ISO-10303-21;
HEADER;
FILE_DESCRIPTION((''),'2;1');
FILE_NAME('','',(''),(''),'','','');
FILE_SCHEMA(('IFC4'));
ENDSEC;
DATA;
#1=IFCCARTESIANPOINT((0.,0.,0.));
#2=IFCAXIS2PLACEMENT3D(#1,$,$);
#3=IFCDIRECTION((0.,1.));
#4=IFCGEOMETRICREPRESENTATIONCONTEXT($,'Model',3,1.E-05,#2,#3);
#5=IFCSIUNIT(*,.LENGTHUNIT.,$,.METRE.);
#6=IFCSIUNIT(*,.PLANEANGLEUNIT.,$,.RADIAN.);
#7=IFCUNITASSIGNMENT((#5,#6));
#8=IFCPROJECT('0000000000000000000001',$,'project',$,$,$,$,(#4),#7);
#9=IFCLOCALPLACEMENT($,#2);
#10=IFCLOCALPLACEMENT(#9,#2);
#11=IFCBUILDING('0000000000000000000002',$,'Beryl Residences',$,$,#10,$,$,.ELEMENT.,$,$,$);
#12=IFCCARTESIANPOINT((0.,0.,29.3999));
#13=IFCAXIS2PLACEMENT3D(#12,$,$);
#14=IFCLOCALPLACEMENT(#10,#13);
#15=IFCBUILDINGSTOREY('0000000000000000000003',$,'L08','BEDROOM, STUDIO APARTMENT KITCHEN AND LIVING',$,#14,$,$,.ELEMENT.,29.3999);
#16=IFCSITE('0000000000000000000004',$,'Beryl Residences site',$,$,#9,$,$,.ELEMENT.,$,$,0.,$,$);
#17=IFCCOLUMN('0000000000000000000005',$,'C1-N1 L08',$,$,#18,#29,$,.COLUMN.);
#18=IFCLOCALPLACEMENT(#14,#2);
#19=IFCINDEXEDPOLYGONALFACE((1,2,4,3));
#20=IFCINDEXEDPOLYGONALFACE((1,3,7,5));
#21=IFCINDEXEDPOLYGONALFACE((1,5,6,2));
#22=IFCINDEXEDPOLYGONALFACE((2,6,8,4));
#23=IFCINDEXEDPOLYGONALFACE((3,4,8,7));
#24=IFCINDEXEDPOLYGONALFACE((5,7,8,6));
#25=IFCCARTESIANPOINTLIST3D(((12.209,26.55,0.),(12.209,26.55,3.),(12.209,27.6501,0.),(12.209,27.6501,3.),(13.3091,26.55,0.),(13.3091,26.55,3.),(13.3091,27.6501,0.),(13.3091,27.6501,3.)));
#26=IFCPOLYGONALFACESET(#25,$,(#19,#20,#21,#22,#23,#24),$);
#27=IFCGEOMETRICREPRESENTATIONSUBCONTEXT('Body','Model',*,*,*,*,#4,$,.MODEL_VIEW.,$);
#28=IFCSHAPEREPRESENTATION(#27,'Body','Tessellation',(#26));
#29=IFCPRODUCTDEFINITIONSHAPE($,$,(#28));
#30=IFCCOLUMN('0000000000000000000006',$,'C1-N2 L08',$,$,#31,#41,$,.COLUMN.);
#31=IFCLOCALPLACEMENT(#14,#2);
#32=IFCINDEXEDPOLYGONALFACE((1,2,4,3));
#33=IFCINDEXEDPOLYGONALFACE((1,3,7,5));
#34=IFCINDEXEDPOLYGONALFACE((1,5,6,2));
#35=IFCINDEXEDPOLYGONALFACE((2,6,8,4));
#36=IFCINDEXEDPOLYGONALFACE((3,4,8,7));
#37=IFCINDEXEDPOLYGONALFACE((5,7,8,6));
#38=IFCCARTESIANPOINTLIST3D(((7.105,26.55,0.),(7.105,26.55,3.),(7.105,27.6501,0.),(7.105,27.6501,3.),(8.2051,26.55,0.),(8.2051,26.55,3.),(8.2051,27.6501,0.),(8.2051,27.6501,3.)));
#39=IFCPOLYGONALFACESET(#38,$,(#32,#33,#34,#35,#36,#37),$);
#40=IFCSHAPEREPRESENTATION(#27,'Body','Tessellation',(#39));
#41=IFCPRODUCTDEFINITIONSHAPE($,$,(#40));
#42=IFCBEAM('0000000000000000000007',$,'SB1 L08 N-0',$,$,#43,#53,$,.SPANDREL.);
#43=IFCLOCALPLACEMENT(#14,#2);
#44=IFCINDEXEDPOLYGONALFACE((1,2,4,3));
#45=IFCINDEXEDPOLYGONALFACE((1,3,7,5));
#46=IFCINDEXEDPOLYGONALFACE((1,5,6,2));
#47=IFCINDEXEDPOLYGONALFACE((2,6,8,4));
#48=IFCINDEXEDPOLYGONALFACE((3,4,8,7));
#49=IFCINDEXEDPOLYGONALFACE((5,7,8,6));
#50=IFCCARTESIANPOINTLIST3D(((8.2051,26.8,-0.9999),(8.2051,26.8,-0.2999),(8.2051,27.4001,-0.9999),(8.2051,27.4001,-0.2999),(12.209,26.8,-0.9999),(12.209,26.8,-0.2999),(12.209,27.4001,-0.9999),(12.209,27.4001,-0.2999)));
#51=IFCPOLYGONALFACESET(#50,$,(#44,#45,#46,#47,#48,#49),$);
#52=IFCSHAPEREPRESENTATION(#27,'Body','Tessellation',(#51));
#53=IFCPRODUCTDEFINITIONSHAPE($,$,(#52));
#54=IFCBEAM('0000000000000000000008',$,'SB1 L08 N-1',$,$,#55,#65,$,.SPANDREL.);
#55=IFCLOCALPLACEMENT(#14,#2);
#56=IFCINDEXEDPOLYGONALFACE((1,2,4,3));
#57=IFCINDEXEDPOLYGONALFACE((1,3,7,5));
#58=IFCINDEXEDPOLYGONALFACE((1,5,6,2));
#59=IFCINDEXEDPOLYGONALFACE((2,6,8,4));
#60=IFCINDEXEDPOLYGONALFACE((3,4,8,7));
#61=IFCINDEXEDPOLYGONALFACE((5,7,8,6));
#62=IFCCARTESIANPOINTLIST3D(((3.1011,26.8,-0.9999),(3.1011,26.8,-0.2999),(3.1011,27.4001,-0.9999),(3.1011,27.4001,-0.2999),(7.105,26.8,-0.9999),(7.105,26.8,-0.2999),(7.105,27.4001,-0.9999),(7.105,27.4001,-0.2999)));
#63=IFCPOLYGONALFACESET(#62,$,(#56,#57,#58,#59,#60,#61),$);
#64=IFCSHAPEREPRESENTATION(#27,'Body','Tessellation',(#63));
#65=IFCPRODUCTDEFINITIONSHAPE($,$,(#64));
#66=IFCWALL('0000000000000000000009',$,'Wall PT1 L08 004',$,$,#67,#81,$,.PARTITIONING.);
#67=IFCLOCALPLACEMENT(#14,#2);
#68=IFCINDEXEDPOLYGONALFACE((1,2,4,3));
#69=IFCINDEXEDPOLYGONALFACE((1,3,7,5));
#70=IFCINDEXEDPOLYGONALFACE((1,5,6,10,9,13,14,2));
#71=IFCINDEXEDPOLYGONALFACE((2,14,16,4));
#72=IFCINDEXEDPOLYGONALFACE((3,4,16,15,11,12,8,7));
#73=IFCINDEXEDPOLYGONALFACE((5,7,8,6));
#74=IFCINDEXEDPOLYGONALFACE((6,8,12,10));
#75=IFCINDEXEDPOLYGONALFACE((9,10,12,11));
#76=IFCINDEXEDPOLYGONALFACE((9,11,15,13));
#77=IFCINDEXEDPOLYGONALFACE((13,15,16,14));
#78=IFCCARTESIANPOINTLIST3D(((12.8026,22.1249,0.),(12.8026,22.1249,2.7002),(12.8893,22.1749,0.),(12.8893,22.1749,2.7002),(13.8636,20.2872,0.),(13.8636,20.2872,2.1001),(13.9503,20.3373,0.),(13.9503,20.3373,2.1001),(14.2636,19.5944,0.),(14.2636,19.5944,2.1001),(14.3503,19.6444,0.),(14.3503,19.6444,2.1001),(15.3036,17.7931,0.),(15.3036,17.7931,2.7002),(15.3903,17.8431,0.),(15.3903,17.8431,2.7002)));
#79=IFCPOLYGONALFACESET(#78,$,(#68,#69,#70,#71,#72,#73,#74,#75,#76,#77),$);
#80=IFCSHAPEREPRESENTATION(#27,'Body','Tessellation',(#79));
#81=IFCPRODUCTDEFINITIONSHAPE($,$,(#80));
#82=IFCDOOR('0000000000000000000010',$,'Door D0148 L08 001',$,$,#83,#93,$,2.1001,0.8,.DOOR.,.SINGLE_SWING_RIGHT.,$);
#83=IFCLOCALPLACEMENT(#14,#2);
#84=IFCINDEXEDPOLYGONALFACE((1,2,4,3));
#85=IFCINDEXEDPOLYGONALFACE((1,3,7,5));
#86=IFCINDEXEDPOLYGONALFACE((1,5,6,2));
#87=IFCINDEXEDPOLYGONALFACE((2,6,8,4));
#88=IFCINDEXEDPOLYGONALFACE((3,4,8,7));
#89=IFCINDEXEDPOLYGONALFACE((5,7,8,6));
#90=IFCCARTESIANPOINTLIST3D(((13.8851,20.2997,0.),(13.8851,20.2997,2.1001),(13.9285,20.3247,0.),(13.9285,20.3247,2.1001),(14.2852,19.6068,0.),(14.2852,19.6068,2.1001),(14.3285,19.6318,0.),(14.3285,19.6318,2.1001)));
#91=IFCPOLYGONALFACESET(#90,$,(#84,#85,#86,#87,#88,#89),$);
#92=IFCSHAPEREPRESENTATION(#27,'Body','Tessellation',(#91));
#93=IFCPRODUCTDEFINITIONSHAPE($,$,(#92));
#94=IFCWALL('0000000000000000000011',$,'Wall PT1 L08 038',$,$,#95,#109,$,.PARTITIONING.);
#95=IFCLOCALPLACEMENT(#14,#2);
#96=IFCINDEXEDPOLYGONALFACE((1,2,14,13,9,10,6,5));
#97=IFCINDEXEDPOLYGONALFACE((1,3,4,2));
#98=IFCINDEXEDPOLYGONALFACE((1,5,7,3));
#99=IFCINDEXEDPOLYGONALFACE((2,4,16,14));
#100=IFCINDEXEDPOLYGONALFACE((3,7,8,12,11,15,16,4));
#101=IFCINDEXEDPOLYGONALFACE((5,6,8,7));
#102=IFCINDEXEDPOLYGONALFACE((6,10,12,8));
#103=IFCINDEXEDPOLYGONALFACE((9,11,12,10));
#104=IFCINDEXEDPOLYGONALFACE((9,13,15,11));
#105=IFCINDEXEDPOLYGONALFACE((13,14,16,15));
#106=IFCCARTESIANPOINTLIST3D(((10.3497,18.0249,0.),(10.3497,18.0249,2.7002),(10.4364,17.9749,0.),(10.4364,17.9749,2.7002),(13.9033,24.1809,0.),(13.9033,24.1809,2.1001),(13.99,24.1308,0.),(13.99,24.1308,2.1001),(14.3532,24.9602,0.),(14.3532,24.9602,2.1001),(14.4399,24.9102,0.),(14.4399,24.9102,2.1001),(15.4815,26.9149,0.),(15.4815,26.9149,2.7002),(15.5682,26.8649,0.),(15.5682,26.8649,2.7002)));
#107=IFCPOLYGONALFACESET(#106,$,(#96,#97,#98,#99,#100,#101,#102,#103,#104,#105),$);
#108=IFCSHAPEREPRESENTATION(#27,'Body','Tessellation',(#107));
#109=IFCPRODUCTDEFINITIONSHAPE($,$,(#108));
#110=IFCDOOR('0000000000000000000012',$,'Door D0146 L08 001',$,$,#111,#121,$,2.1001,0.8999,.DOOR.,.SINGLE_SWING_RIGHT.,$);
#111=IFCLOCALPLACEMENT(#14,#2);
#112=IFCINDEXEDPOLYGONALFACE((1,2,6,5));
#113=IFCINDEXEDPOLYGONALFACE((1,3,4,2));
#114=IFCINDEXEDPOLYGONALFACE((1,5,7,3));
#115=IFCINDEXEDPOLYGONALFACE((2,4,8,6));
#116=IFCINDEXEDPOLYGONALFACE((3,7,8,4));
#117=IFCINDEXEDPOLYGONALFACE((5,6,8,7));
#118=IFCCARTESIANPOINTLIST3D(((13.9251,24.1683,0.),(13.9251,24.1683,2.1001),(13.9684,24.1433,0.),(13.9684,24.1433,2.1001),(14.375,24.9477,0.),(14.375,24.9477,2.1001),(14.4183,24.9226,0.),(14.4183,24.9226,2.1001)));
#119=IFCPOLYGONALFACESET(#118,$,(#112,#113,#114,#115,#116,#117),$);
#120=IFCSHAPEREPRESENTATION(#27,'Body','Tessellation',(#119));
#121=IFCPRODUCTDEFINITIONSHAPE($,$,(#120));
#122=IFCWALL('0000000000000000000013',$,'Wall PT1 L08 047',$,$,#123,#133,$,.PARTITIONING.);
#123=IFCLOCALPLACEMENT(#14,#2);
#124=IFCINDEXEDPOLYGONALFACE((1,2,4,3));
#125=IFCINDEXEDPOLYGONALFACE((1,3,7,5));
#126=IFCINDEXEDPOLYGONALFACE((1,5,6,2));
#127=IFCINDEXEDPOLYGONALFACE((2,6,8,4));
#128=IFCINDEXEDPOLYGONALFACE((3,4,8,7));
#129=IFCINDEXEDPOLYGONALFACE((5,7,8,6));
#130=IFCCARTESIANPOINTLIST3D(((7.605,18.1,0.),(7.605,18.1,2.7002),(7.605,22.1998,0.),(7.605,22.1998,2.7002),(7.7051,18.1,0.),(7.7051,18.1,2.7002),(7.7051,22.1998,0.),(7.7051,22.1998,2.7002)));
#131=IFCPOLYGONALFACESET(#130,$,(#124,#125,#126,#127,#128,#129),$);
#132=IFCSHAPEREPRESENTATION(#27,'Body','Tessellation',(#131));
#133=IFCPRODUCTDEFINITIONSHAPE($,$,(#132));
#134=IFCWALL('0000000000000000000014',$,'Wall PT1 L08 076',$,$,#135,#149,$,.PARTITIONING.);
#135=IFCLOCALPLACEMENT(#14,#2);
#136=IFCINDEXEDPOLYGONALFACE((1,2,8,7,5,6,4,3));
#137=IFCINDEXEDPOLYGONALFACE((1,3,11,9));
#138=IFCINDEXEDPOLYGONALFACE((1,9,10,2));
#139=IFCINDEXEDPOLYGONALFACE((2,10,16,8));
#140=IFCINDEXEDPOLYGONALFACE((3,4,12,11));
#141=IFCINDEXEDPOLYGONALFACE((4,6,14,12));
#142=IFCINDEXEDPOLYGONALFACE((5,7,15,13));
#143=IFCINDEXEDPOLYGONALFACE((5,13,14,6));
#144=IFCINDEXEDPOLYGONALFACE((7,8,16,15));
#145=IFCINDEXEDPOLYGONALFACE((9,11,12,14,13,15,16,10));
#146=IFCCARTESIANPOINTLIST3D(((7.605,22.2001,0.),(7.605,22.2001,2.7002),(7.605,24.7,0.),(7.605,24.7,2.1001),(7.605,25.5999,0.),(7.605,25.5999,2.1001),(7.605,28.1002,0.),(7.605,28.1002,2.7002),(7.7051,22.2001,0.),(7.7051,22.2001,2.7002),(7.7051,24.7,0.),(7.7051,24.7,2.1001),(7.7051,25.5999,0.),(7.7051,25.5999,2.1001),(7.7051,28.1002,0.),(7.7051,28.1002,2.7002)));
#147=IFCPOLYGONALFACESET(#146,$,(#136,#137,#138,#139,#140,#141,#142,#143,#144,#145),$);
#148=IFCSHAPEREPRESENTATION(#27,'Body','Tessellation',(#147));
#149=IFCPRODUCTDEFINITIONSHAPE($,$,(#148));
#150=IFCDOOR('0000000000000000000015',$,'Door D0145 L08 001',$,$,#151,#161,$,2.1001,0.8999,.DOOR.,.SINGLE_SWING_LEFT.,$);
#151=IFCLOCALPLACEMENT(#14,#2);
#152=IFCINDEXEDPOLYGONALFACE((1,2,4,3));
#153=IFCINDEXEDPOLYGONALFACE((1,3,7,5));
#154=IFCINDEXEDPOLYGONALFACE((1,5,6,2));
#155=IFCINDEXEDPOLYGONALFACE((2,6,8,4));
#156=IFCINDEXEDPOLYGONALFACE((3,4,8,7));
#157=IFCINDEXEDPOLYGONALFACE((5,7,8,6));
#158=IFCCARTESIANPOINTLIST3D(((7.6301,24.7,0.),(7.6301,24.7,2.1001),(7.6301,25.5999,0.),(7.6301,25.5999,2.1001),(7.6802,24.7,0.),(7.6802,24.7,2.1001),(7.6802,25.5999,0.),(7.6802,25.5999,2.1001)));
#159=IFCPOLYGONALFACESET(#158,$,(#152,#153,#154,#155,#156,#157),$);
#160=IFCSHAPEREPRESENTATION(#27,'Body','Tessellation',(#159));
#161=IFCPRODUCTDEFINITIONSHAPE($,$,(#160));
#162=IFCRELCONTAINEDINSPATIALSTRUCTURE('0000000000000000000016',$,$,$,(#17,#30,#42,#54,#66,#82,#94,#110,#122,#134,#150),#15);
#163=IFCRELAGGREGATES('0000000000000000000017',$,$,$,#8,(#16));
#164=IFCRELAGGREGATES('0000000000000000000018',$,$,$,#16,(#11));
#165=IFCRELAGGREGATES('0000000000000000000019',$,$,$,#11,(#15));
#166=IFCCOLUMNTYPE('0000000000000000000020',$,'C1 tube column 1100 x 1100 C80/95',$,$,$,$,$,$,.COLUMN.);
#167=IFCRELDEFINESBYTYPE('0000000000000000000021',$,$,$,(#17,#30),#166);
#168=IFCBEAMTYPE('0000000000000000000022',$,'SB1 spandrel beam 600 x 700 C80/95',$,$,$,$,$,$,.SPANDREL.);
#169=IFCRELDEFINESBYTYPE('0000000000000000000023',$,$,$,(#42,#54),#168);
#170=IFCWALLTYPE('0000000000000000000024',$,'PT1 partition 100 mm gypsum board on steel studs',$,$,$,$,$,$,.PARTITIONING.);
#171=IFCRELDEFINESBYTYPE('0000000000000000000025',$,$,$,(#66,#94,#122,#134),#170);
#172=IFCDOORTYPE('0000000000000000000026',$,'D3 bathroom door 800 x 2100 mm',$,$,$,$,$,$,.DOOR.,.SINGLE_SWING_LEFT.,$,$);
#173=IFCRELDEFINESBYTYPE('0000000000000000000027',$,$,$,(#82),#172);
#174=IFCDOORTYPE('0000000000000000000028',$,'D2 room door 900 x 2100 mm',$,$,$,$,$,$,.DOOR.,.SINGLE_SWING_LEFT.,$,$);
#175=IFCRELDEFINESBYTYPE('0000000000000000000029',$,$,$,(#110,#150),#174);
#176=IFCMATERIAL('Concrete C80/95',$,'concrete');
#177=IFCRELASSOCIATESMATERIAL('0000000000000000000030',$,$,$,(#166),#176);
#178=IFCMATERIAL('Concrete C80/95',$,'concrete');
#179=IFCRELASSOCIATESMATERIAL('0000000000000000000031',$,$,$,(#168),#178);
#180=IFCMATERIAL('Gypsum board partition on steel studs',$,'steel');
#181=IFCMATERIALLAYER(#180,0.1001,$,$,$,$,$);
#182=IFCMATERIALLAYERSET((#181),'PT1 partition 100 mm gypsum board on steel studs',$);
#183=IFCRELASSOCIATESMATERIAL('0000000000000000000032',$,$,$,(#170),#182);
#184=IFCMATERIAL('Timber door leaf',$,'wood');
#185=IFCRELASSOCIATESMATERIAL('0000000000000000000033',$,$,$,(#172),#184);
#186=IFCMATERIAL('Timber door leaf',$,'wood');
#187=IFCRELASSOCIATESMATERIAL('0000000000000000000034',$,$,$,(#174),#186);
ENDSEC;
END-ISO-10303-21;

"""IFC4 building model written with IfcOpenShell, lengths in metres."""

from ifc_helpers import new_model, si_unit, direction, frame, frame_2d, origin, origin_2d, place, context, subcontext, project, spatial, rectangle, extrude, material, layer, layer_set, material_profile, profile_set, type_object, element, fill, save


model = new_model("IFC4")

# Units and contexts
model_context = context("Model", 3, precision=1e-05, world=origin(), true_north=direction((0.0, 1.0)))
body_context = subcontext(model_context, "Body", "Model", "MODEL_VIEW")
ifc_project = project(units=[si_unit("LENGTHUNIT", "METRE"), si_unit("PLANEANGLEUNIT", "RADIAN")], contexts=[model_context])

# Site, building, storey
site_placement = place(None, origin())
site = spatial("IfcSite", under=ifc_project, at=site_placement, Name="Beryl Residences site", CompositionType="ELEMENT", RefElevation=0.0)
building_placement = place(site_placement, origin())
building = spatial("IfcBuilding", under=site, at=building_placement, Name="Beryl Residences", CompositionType="ELEMENT")
storey_placement = place(building_placement, frame((0.0, 0.0, 29.3999)))
storey = spatial("IfcBuildingStorey", under=building, at=storey_placement, Name="L08", Description="BEDROOM, STUDIO APARTMENT KITCHEN AND LIVING", CompositionType="ELEMENT", Elevation=29.3999)

# Columns
ifc_material_1 = material(Name="Concrete C80/95", Category="concrete")
ifc_material_profile_1 = material_profile(ifc_material_1, rectangle(XDim=1.1001, YDim=1.1001, at=origin_2d()))
ifc_profile_set_1 = profile_set([ifc_material_profile_1], Name="Concrete C80/95")
column_type = type_object("IfcColumnType", Name="C1 tube column 1100 x 1100 C80/95", PredefinedType="COLUMN", material=ifc_profile_set_1)
for number, where, z_axis, x_axis, name in (
    (1, (12.759, 27.1001, 0.0), (0.0, 0.0, 1.0), (-1.0, 0.0, 0.0), "C1-N1 L08"),
    (2, (7.655, 27.1001, 0.0), (0.0, 0.0, 1.0), (-1.0, 0.0, 0.0), "C1-N2 L08"),
):
    element("IfcColumn", number, at=place(storey_placement, frame(where, z_axis=z_axis, x_axis=x_axis)), inside=storey, type_object=column_type, Name=name, PredefinedType="COLUMN", context=body_context, shape_type="SweptSolid", body=[
        extrude(rectangle(XDim=1.1001, YDim=1.1001, at=origin_2d()), origin(), (0.0, 0.0, 1.0), 3.0),
    ])

# Beams
ifc_material_2 = material(Name="Concrete C80/95", Category="concrete")
ifc_material_profile_2 = material_profile(ifc_material_2, rectangle(XDim=0.6001, YDim=0.7, at=origin_2d()))
ifc_profile_set_2 = profile_set([ifc_material_profile_2], Name="Concrete C80/95")
beam_type = type_object("IfcBeamType", Name="SB1 spandrel beam 600 x 700 C80/95", PredefinedType="SPANDREL", material=ifc_profile_set_2)
for number, where, z_axis, x_axis, name in (
    (3, (12.209, 27.1001, -0.6499), (-1.0, 0.0, 0.0), (0.0, -1.0, 0.0), "SB1 L08 N-0"),
    (4, (7.105, 27.1001, -0.6499), (-1.0, 0.0, 0.0), (0.0, -1.0, 0.0), "SB1 L08 N-1"),
):
    element("IfcBeam", number, at=place(storey_placement, frame(where, z_axis=z_axis, x_axis=x_axis)), inside=storey, type_object=beam_type, Name=name, PredefinedType="SPANDREL", context=body_context, shape_type="SweptSolid", body=[
        extrude(rectangle(XDim=0.6001, YDim=0.7, at=origin_2d()), origin(), (0.0, 0.0, 1.0), 4.0039),
    ])

# Walls, openings, doors
ifc_material_3 = material(Name="Gypsum board partition on steel studs", Category="steel")
ifc_layer_1 = layer(ifc_material_3, 0.1001)
ifc_layer_set_1 = layer_set([ifc_layer_1], Name="PT1 partition 100 mm gypsum board on steel studs")
wall_type_1 = type_object("IfcWallType", Name="PT1 partition 100 mm gypsum board on steel studs", PredefinedType="PARTITIONING", material=ifc_layer_set_1)
wall_1_placement = place(storey_placement, frame((12.8459, 22.1499, 0.0), z_axis=(0.0, 0.0, 1.0), x_axis=(0.500003, -0.866024, 0.0)))
wall_1 = element("IfcWall", 5, at=wall_1_placement, inside=storey, type_object=wall_type_1, Name="Wall PT1 L08 004", PredefinedType="PARTITIONING", context=body_context, shape_type="SweptSolid", body=[
    extrude(rectangle(XDim=5.002, YDim=0.1001, at=frame_2d((2.501, 0.0))), origin(), (0.0, 0.0, 1.0), 2.7002),
])
opening_1_placement = place(wall_1_placement, frame((2.1221, 0.0, 0.0)))
opening_1 = element("IfcOpeningElement", 6, at=opening_1_placement, cuts=wall_1, PredefinedType="OPENING", context=body_context, shape_type="SweptSolid", body=[
    extrude(rectangle(XDim=0.8, YDim=2.1001, at=frame_2d((0.3999, 1.05))), frame((0.0, 0.0601, 0.0), z_axis=(0.0, -1.0, 0.0), x_axis=(1.0, 0.0, 0.0)), (0.0, 0.0, 1.0), 0.1201),
])
ifc_material_4 = material(Name="Timber door leaf", Category="wood")
door_type_1 = type_object("IfcDoorType", Name="D3 bathroom door 800 x 2100 mm", OperationType="SINGLE_SWING_LEFT", PredefinedType="DOOR", material=ifc_material_4)
door_1_placement = place(opening_1_placement, origin())
door_1 = element("IfcDoor", 7, at=door_1_placement, inside=storey, type_object=door_type_1, Name="Door D0148 L08 001", OperationType="SINGLE_SWING_RIGHT", OverallHeight=2.1001, OverallWidth=0.8, PredefinedType="DOOR", context=body_context, shape_type="SweptSolid", body=[
    extrude(rectangle(XDim=0.8, YDim=2.1001, at=frame_2d((0.3999, 1.05))), frame((0.0, 0.0249, 0.0), z_axis=(0.0, -1.0, 0.0), x_axis=(1.0, 0.0, 0.0)), (0.0, 0.0, 1.0), 0.05),
])
fill(opening_1, door_1)
wall_2_placement = place(storey_placement, frame((10.3931, 18.0, 0.0), z_axis=(0.0, 0.0, 1.0), x_axis=(0.499945, 0.866057, 0.0)))
wall_2 = element("IfcWall", 8, at=wall_2_placement, inside=storey, type_object=wall_type_1, Name="Wall PT1 L08 038", PredefinedType="PARTITIONING", context=body_context, shape_type="SweptSolid", body=[
    extrude(rectangle(XDim=10.2649, YDim=0.1001, at=frame_2d((5.1323, 0.0))), origin(), (0.0, 0.0, 1.0), 2.7002),
])
opening_2_placement = place(wall_2_placement, frame((7.1079, 0.0, 0.0)))
opening_2 = element("IfcOpeningElement", 9, at=opening_2_placement, cuts=wall_2, PredefinedType="OPENING", context=body_context, shape_type="SweptSolid", body=[
    extrude(rectangle(XDim=0.8999, YDim=2.1001, at=frame_2d((0.45, 1.05))), frame((0.0, 0.0601, 0.0), z_axis=(0.0, -1.0, 0.0), x_axis=(1.0, 0.0, 0.0)), (0.0, 0.0, 1.0), 0.1201),
])
ifc_material_5 = material(Name="Timber door leaf", Category="wood")
door_type_2 = type_object("IfcDoorType", Name="D2 room door 900 x 2100 mm", OperationType="SINGLE_SWING_LEFT", PredefinedType="DOOR", material=ifc_material_5)
door_2_placement = place(opening_2_placement, origin())
door_2 = element("IfcDoor", 10, at=door_2_placement, inside=storey, type_object=door_type_2, Name="Door D0146 L08 001", OperationType="SINGLE_SWING_RIGHT", OverallHeight=2.1001, OverallWidth=0.8999, PredefinedType="DOOR", context=body_context, shape_type="SweptSolid", body=[
    extrude(rectangle(XDim=0.8999, YDim=2.1001, at=frame_2d((0.45, 1.05))), frame((0.0, 0.0249, 0.0), z_axis=(0.0, -1.0, 0.0), x_axis=(1.0, 0.0, 0.0)), (0.0, 0.0, 1.0), 0.05),
])
fill(opening_2, door_2)

# Wall
wall_3_placement = place(storey_placement, frame((7.655, 18.1001, 0.0), z_axis=(0.0, 0.0, 1.0), x_axis=(0.0, 1.0, 0.0)))
element("IfcWall", 11, at=wall_3_placement, inside=storey, type_object=wall_type_1, Name="Wall PT1 L08 047", PredefinedType="PARTITIONING", context=body_context, shape_type="SweptSolid", body=[
    extrude(rectangle(XDim=4.0999, YDim=0.1001, at=frame_2d((2.0498, 0.0))), origin(), (0.0, 0.0, 1.0), 2.7002),
])

# Wall, opening, door
wall_4_placement = place(storey_placement, frame((7.655, 22.2, 0.0), z_axis=(0.0, 0.0, 1.0), x_axis=(0.0, 1.0, 0.0)))
wall_4 = element("IfcWall", 12, at=wall_4_placement, inside=storey, type_object=wall_type_1, Name="Wall PT1 L08 076", PredefinedType="PARTITIONING", context=body_context, shape_type="SweptSolid", body=[
    extrude(rectangle(XDim=5.9001, YDim=0.1001, at=frame_2d((2.9502, 0.0))), origin(), (0.0, 0.0, 1.0), 2.7002),
])
opening_3_placement = place(wall_4_placement, frame((2.5, 0.0, 0.0)))
opening_3 = element("IfcOpeningElement", 13, at=opening_3_placement, cuts=wall_4, PredefinedType="OPENING", context=body_context, shape_type="SweptSolid", body=[
    extrude(rectangle(XDim=0.8999, YDim=2.1001, at=frame_2d((0.45, 1.05))), frame((0.0, 0.0601, 0.0), z_axis=(0.0, -1.0, 0.0), x_axis=(1.0, 0.0, 0.0)), (0.0, 0.0, 1.0), 0.1201),
])
door_3_placement = place(opening_3_placement, origin())
door_3 = element("IfcDoor", 14, at=door_3_placement, inside=storey, type_object=door_type_2, Name="Door D0145 L08 001", OperationType="SINGLE_SWING_LEFT", OverallHeight=2.1001, OverallWidth=0.8999, PredefinedType="DOOR", context=body_context, shape_type="SweptSolid", body=[
    extrude(rectangle(XDim=0.8999, YDim=2.1001, at=frame_2d((0.45, 1.05))), frame((0.0, 0.0249, 0.0), z_axis=(0.0, -1.0, 0.0), x_axis=(1.0, 0.0, 0.0)), (0.0, 0.0, 1.0), 0.05),
])
fill(opening_3, door_3)

save(model, "model.ifc")
